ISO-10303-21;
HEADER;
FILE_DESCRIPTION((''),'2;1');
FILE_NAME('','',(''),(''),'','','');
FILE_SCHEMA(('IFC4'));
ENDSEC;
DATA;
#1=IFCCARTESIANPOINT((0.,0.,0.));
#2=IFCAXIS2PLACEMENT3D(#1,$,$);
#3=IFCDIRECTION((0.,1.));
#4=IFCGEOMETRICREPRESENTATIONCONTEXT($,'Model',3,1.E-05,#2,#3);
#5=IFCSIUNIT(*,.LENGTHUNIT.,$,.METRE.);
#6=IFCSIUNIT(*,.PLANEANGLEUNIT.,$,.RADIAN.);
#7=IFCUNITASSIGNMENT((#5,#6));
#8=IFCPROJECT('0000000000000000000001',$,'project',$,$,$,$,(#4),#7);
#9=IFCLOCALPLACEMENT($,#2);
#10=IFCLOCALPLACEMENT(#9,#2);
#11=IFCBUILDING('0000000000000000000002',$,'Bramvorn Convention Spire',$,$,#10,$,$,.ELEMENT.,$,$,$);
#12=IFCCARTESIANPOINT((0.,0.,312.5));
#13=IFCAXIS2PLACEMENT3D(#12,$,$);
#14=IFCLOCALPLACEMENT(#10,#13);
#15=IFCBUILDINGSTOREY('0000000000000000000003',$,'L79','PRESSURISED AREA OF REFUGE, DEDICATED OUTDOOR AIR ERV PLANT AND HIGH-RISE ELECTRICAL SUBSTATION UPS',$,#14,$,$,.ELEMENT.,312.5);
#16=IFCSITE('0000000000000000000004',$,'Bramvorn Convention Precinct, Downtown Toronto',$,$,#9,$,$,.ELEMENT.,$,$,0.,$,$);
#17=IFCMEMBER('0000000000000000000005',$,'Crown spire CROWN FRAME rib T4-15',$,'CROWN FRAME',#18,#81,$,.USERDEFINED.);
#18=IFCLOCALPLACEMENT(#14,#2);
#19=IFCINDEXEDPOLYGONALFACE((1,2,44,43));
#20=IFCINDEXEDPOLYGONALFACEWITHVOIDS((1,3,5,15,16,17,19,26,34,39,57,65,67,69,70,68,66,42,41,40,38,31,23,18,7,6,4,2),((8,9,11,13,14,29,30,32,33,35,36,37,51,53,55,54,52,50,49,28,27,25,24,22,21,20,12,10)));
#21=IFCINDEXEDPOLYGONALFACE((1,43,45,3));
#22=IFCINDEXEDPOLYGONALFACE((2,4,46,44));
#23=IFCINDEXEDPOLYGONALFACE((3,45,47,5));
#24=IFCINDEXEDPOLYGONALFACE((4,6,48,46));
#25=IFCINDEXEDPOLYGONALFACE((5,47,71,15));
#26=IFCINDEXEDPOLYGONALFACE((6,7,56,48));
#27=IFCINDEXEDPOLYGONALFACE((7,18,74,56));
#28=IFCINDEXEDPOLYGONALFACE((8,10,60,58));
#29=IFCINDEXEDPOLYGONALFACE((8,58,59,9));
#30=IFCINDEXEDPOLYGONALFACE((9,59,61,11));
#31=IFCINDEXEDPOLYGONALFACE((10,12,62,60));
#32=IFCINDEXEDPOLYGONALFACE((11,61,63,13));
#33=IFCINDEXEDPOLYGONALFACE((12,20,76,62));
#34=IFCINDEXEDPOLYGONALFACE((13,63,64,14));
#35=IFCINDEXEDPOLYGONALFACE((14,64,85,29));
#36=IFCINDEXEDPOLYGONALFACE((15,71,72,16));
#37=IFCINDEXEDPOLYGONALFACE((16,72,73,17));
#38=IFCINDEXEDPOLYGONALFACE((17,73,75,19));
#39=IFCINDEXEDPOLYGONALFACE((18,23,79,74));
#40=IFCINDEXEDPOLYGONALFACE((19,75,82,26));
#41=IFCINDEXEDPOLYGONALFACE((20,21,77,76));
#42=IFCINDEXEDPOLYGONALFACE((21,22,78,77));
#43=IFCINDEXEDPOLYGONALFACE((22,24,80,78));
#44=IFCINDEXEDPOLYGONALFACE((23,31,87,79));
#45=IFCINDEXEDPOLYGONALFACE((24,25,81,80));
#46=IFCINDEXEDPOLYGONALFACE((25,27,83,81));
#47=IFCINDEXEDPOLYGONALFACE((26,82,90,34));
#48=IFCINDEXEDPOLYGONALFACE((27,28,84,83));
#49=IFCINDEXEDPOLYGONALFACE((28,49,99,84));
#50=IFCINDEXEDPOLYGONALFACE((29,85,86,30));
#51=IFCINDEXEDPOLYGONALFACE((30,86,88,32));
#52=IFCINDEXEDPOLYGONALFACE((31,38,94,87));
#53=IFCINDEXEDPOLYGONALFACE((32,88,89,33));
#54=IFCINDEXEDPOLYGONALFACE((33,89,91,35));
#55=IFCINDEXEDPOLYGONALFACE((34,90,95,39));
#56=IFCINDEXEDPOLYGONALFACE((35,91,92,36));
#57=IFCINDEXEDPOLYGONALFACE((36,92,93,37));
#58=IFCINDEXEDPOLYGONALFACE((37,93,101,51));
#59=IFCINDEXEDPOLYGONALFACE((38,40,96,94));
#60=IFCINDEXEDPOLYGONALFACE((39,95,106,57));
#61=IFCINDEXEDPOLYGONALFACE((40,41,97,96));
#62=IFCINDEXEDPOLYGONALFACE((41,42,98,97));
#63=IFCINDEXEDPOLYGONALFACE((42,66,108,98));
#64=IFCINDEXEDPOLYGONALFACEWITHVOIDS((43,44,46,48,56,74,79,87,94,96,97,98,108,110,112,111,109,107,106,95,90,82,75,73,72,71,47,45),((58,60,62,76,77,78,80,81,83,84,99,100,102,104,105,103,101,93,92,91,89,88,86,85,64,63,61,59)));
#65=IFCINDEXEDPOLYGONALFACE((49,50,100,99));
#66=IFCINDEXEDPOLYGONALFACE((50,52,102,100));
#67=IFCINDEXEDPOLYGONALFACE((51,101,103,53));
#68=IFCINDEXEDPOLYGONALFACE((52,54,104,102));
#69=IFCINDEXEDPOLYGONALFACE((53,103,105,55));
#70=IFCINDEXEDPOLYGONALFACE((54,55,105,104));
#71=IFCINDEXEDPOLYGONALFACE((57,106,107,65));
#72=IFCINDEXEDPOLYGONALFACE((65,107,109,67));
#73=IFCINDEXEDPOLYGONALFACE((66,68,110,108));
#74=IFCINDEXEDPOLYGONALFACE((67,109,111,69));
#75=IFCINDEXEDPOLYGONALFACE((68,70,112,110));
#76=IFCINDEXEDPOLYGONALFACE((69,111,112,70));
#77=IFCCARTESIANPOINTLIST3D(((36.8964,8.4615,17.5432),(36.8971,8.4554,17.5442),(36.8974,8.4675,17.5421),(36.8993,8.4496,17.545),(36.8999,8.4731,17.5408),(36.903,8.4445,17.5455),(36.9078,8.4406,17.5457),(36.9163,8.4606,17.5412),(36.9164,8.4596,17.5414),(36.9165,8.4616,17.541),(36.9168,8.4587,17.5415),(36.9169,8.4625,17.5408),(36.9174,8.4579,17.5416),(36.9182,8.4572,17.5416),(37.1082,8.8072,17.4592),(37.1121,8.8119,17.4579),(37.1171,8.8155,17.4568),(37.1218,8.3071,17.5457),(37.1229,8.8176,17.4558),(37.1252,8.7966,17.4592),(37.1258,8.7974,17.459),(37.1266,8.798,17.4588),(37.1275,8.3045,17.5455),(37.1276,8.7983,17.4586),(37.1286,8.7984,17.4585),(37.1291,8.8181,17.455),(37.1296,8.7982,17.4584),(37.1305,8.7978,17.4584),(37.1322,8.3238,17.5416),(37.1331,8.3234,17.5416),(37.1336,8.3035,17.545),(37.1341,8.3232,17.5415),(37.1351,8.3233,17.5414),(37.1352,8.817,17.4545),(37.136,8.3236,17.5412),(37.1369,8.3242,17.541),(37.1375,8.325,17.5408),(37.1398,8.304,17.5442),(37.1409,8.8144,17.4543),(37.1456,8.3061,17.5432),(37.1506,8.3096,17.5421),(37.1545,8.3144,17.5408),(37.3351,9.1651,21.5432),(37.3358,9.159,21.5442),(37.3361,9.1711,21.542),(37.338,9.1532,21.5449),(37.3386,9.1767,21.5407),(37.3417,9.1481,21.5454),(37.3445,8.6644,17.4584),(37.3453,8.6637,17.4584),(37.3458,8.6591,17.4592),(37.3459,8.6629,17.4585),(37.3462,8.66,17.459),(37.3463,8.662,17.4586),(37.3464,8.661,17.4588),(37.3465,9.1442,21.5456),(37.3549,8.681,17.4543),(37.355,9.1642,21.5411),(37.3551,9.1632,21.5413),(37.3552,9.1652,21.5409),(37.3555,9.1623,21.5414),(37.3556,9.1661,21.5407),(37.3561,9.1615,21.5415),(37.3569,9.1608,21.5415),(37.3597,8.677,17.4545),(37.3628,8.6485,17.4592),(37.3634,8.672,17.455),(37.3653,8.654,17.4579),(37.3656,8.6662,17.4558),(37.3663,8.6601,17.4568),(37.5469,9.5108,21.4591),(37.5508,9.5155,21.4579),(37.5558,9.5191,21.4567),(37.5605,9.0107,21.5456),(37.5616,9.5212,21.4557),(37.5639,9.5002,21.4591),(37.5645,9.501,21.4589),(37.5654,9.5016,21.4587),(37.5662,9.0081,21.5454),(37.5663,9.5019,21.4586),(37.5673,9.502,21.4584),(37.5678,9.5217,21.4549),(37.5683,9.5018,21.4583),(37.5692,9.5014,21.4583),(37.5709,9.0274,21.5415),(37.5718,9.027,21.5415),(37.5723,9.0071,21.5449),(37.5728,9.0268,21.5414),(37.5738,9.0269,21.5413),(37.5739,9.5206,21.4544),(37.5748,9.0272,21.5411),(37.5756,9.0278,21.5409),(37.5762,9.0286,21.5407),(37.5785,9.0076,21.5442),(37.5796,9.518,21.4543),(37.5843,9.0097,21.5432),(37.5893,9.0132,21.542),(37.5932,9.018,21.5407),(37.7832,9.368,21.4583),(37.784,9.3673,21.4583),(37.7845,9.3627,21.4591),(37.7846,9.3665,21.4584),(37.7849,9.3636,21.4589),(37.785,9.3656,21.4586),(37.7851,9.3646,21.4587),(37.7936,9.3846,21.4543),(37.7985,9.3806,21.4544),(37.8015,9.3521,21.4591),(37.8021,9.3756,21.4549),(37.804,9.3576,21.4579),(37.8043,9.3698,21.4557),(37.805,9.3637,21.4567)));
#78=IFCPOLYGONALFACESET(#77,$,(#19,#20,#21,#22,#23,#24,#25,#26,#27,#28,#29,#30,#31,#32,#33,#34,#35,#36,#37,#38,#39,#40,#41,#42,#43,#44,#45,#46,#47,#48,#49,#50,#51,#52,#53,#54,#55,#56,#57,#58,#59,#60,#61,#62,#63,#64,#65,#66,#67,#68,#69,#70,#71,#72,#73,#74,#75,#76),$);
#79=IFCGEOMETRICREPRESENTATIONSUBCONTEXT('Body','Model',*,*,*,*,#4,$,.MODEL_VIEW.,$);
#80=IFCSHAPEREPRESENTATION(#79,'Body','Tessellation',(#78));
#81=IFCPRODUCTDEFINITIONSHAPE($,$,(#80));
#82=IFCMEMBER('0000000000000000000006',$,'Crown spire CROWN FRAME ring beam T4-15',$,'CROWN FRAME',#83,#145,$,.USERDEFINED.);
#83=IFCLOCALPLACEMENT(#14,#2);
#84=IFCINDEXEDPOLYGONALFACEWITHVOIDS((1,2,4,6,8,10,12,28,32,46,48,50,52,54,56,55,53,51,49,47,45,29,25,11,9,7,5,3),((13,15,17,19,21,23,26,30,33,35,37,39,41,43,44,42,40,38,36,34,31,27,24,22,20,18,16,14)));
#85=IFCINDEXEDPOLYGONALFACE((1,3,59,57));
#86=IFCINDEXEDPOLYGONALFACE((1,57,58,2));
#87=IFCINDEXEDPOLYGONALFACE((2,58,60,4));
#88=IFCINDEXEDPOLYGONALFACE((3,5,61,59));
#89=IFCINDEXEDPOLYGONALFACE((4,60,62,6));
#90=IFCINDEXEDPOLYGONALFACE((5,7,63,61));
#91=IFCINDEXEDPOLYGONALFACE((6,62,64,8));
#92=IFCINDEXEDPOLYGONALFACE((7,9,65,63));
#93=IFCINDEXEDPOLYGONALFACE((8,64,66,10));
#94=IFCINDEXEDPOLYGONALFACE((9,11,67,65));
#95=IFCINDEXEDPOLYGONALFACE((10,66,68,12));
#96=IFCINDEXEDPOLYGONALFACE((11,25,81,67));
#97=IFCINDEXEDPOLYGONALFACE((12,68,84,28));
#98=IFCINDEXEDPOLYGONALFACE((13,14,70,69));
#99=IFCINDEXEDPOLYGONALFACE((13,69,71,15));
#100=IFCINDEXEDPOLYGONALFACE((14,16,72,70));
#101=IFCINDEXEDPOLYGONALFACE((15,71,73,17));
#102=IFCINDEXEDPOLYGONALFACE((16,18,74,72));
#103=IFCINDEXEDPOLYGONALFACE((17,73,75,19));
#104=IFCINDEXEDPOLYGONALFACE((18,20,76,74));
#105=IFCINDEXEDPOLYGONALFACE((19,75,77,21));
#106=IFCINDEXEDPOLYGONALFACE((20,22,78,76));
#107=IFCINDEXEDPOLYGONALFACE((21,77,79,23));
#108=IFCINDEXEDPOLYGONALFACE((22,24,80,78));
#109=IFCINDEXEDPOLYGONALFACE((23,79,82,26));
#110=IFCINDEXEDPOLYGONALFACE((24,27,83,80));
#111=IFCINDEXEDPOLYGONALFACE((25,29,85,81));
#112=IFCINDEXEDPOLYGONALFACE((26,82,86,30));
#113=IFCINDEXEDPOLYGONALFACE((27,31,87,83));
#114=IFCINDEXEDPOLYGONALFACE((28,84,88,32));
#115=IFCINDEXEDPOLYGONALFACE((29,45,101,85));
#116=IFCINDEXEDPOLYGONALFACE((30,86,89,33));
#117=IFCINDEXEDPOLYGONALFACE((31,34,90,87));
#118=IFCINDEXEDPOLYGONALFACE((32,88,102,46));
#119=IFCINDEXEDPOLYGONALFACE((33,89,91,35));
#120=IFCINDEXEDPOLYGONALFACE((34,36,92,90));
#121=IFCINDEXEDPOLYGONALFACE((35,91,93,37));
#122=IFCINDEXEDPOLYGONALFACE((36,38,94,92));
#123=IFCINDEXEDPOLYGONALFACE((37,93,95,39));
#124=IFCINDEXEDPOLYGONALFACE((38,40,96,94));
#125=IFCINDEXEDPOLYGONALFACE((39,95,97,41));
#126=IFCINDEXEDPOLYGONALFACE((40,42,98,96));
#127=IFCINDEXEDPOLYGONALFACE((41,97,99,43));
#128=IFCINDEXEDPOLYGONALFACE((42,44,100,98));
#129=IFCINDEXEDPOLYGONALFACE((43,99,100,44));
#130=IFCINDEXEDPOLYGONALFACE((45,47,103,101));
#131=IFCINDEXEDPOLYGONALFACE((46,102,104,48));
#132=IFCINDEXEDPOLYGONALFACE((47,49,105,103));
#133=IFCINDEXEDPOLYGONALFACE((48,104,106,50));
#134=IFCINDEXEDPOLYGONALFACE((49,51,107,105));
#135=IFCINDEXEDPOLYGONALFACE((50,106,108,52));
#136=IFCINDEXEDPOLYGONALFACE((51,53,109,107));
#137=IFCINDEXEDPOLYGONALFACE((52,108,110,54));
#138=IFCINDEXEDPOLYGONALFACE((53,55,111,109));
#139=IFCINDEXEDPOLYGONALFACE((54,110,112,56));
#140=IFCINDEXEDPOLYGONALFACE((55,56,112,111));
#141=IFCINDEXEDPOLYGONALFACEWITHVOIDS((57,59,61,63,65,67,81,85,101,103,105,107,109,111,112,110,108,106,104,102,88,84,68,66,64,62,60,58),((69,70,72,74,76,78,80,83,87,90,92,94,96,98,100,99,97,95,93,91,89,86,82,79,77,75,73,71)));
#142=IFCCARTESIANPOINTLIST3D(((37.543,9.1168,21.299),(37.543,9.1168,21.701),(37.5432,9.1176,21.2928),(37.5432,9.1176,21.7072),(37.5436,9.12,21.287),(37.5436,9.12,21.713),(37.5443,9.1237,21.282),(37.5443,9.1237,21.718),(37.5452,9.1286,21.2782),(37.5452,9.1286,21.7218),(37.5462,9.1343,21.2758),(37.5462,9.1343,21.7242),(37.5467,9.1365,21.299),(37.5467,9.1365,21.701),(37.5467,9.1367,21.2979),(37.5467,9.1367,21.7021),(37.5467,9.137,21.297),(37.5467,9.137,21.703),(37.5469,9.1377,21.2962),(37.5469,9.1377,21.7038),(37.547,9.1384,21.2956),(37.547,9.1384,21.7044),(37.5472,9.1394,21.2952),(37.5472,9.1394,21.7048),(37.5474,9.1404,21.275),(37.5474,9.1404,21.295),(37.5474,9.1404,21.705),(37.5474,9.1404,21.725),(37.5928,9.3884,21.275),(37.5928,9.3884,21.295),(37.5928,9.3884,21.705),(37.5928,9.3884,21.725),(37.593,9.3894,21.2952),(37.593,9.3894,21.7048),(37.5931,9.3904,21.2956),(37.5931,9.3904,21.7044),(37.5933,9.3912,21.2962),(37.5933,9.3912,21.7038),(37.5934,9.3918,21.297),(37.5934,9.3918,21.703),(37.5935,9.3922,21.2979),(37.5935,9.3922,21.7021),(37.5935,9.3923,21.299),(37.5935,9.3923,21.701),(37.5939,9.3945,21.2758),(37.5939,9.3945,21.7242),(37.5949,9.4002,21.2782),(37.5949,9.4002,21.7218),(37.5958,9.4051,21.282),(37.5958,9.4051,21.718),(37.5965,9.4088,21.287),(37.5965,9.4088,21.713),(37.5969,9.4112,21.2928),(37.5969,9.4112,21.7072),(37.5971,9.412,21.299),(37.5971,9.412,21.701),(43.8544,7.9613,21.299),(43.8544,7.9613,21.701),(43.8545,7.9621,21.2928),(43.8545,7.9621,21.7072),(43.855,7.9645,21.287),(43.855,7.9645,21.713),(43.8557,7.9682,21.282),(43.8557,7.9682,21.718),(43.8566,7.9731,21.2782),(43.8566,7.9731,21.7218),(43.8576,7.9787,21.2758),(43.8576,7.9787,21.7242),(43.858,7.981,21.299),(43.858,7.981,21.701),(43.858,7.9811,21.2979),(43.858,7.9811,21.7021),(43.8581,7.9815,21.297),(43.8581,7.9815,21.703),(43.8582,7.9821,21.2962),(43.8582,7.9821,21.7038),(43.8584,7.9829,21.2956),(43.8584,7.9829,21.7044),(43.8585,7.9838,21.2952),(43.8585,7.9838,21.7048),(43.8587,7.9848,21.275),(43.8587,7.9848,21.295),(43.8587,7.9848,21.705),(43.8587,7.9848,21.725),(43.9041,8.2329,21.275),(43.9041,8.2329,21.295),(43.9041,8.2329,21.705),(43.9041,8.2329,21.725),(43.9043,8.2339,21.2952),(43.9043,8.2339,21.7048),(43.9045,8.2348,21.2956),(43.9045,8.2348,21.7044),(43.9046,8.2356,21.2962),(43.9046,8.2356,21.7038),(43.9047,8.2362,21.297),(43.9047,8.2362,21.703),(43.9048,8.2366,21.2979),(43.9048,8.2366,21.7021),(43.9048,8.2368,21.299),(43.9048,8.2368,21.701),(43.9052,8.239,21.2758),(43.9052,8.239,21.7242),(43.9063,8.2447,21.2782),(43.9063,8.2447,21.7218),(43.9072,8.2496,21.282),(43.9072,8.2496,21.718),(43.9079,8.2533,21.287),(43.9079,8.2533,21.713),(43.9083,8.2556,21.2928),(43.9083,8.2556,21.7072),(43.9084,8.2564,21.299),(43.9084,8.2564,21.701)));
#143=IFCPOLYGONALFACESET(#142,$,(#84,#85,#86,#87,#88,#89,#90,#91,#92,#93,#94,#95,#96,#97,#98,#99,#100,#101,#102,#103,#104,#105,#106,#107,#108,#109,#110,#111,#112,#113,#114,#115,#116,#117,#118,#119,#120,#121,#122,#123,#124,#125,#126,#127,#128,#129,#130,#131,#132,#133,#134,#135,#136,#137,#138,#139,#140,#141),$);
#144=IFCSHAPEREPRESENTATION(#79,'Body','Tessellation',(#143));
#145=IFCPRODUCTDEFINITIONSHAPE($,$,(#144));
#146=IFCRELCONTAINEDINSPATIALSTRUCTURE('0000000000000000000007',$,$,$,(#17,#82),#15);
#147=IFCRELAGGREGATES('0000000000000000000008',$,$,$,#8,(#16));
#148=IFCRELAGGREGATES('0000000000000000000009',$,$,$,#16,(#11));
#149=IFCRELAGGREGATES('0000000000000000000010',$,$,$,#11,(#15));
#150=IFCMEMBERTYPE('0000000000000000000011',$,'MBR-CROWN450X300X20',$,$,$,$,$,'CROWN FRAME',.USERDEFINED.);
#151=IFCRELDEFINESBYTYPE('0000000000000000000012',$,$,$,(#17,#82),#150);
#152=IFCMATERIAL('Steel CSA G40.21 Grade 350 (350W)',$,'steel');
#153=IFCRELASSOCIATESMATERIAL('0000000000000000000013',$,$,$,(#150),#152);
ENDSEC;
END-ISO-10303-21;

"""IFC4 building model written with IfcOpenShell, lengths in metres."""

from ifc_helpers import new_model, si_unit, direction, frame, origin, origin_2d, place, context, subcontext, project, spatial, hollow_rectangle, extrude, material, material_profile, profile_set, type_object, element, save


model = new_model("IFC4")

# Units and contexts
model_context = context("Model", 3, precision=1e-05, world=origin(), true_north=direction((0.0, 1.0)))
body_context = subcontext(model_context, "Body", "Model", "MODEL_VIEW")
ifc_project = project(units=[si_unit("LENGTHUNIT", "METRE"), si_unit("PLANEANGLEUNIT", "RADIAN")], contexts=[model_context])

# Site, building, storey
site_placement = place(None, origin())
site = spatial("IfcSite", under=ifc_project, at=site_placement, Name="Bramvorn Convention Precinct, Downtown Toronto", CompositionType="ELEMENT", RefElevation=0.0)
building_placement = place(site_placement, origin())
building = spatial("IfcBuilding", under=site, at=building_placement, Name="Bramvorn Convention Spire", CompositionType="ELEMENT")
storey_placement = place(building_placement, frame((0.0, 0.0, 312.5)))
storey = spatial("IfcBuildingStorey", under=building, at=storey_placement, Name="L79", Description="PRESSURISED AREA OF REFUGE, DEDICATED OUTDOOR AIR ERV PLANT AND HIGH-RISE ELECTRICAL SUBSTATION UPS", CompositionType="ELEMENT", Elevation=312.5)

# Shared definitions
ifc_material_1 = material(Name="Steel CSA G40.21 Grade 350 (350W)", Category="steel")

# Members
ifc_material_profile_1 = material_profile(ifc_material_1, hollow_rectangle(XDim=0.3, YDim=0.45, WallThickness=0.02, InnerFilletRadius=0.0039, OuterFilletRadius=0.0239, at=origin_2d()))
ifc_profile_set_1 = profile_set([ifc_material_profile_1], Name="Steel CSA G40.21 Grade 350 (350W) - CROWN450X300X20")
member_type = type_object("IfcMemberType", Name="MBR-CROWN450X300X20", ElementType="CROWN FRAME", PredefinedType="USERDEFINED", material=ifc_profile_set_1)
member_1_placement = place(storey_placement, frame((37.1313, 8.5608, 17.5), z_axis=(0.107397, 0.172241, 0.979183), x_axis=(-0.84856, 0.529099, 0.0)))
element("IfcMember", 1, at=member_1_placement, inside=storey, type_object=member_type, Name="Crown spire CROWN FRAME rib T4-15", ObjectType="CROWN FRAME", PredefinedType="USERDEFINED", context=body_context, shape_type="SweptSolid", body=[
    extrude(hollow_rectangle(XDim=0.3, YDim=0.45, WallThickness=0.02, InnerFilletRadius=0.0039, OuterFilletRadius=0.0239, at=origin_2d()), origin(), (0.0, 0.0, 1.0), 4.085),
])
member_2_placement = place(storey_placement, frame((37.5701, 9.2644, 21.5), z_axis=(0.983649, -0.180094, 0.0), x_axis=(0.180094, 0.983649, 0.0)))
element("IfcMember", 2, at=member_2_placement, inside=storey, type_object=member_type, Name="Crown spire CROWN FRAME ring beam T4-15", ObjectType="CROWN FRAME", PredefinedType="USERDEFINED", context=body_context, shape_type="SweptSolid", body=[
    extrude(hollow_rectangle(XDim=0.3, YDim=0.45, WallThickness=0.02, InnerFilletRadius=0.0039, OuterFilletRadius=0.0239, at=origin_2d()), origin(), (0.0, 0.0, 1.0), 6.4163),
])

save(model, "model.ifc")
